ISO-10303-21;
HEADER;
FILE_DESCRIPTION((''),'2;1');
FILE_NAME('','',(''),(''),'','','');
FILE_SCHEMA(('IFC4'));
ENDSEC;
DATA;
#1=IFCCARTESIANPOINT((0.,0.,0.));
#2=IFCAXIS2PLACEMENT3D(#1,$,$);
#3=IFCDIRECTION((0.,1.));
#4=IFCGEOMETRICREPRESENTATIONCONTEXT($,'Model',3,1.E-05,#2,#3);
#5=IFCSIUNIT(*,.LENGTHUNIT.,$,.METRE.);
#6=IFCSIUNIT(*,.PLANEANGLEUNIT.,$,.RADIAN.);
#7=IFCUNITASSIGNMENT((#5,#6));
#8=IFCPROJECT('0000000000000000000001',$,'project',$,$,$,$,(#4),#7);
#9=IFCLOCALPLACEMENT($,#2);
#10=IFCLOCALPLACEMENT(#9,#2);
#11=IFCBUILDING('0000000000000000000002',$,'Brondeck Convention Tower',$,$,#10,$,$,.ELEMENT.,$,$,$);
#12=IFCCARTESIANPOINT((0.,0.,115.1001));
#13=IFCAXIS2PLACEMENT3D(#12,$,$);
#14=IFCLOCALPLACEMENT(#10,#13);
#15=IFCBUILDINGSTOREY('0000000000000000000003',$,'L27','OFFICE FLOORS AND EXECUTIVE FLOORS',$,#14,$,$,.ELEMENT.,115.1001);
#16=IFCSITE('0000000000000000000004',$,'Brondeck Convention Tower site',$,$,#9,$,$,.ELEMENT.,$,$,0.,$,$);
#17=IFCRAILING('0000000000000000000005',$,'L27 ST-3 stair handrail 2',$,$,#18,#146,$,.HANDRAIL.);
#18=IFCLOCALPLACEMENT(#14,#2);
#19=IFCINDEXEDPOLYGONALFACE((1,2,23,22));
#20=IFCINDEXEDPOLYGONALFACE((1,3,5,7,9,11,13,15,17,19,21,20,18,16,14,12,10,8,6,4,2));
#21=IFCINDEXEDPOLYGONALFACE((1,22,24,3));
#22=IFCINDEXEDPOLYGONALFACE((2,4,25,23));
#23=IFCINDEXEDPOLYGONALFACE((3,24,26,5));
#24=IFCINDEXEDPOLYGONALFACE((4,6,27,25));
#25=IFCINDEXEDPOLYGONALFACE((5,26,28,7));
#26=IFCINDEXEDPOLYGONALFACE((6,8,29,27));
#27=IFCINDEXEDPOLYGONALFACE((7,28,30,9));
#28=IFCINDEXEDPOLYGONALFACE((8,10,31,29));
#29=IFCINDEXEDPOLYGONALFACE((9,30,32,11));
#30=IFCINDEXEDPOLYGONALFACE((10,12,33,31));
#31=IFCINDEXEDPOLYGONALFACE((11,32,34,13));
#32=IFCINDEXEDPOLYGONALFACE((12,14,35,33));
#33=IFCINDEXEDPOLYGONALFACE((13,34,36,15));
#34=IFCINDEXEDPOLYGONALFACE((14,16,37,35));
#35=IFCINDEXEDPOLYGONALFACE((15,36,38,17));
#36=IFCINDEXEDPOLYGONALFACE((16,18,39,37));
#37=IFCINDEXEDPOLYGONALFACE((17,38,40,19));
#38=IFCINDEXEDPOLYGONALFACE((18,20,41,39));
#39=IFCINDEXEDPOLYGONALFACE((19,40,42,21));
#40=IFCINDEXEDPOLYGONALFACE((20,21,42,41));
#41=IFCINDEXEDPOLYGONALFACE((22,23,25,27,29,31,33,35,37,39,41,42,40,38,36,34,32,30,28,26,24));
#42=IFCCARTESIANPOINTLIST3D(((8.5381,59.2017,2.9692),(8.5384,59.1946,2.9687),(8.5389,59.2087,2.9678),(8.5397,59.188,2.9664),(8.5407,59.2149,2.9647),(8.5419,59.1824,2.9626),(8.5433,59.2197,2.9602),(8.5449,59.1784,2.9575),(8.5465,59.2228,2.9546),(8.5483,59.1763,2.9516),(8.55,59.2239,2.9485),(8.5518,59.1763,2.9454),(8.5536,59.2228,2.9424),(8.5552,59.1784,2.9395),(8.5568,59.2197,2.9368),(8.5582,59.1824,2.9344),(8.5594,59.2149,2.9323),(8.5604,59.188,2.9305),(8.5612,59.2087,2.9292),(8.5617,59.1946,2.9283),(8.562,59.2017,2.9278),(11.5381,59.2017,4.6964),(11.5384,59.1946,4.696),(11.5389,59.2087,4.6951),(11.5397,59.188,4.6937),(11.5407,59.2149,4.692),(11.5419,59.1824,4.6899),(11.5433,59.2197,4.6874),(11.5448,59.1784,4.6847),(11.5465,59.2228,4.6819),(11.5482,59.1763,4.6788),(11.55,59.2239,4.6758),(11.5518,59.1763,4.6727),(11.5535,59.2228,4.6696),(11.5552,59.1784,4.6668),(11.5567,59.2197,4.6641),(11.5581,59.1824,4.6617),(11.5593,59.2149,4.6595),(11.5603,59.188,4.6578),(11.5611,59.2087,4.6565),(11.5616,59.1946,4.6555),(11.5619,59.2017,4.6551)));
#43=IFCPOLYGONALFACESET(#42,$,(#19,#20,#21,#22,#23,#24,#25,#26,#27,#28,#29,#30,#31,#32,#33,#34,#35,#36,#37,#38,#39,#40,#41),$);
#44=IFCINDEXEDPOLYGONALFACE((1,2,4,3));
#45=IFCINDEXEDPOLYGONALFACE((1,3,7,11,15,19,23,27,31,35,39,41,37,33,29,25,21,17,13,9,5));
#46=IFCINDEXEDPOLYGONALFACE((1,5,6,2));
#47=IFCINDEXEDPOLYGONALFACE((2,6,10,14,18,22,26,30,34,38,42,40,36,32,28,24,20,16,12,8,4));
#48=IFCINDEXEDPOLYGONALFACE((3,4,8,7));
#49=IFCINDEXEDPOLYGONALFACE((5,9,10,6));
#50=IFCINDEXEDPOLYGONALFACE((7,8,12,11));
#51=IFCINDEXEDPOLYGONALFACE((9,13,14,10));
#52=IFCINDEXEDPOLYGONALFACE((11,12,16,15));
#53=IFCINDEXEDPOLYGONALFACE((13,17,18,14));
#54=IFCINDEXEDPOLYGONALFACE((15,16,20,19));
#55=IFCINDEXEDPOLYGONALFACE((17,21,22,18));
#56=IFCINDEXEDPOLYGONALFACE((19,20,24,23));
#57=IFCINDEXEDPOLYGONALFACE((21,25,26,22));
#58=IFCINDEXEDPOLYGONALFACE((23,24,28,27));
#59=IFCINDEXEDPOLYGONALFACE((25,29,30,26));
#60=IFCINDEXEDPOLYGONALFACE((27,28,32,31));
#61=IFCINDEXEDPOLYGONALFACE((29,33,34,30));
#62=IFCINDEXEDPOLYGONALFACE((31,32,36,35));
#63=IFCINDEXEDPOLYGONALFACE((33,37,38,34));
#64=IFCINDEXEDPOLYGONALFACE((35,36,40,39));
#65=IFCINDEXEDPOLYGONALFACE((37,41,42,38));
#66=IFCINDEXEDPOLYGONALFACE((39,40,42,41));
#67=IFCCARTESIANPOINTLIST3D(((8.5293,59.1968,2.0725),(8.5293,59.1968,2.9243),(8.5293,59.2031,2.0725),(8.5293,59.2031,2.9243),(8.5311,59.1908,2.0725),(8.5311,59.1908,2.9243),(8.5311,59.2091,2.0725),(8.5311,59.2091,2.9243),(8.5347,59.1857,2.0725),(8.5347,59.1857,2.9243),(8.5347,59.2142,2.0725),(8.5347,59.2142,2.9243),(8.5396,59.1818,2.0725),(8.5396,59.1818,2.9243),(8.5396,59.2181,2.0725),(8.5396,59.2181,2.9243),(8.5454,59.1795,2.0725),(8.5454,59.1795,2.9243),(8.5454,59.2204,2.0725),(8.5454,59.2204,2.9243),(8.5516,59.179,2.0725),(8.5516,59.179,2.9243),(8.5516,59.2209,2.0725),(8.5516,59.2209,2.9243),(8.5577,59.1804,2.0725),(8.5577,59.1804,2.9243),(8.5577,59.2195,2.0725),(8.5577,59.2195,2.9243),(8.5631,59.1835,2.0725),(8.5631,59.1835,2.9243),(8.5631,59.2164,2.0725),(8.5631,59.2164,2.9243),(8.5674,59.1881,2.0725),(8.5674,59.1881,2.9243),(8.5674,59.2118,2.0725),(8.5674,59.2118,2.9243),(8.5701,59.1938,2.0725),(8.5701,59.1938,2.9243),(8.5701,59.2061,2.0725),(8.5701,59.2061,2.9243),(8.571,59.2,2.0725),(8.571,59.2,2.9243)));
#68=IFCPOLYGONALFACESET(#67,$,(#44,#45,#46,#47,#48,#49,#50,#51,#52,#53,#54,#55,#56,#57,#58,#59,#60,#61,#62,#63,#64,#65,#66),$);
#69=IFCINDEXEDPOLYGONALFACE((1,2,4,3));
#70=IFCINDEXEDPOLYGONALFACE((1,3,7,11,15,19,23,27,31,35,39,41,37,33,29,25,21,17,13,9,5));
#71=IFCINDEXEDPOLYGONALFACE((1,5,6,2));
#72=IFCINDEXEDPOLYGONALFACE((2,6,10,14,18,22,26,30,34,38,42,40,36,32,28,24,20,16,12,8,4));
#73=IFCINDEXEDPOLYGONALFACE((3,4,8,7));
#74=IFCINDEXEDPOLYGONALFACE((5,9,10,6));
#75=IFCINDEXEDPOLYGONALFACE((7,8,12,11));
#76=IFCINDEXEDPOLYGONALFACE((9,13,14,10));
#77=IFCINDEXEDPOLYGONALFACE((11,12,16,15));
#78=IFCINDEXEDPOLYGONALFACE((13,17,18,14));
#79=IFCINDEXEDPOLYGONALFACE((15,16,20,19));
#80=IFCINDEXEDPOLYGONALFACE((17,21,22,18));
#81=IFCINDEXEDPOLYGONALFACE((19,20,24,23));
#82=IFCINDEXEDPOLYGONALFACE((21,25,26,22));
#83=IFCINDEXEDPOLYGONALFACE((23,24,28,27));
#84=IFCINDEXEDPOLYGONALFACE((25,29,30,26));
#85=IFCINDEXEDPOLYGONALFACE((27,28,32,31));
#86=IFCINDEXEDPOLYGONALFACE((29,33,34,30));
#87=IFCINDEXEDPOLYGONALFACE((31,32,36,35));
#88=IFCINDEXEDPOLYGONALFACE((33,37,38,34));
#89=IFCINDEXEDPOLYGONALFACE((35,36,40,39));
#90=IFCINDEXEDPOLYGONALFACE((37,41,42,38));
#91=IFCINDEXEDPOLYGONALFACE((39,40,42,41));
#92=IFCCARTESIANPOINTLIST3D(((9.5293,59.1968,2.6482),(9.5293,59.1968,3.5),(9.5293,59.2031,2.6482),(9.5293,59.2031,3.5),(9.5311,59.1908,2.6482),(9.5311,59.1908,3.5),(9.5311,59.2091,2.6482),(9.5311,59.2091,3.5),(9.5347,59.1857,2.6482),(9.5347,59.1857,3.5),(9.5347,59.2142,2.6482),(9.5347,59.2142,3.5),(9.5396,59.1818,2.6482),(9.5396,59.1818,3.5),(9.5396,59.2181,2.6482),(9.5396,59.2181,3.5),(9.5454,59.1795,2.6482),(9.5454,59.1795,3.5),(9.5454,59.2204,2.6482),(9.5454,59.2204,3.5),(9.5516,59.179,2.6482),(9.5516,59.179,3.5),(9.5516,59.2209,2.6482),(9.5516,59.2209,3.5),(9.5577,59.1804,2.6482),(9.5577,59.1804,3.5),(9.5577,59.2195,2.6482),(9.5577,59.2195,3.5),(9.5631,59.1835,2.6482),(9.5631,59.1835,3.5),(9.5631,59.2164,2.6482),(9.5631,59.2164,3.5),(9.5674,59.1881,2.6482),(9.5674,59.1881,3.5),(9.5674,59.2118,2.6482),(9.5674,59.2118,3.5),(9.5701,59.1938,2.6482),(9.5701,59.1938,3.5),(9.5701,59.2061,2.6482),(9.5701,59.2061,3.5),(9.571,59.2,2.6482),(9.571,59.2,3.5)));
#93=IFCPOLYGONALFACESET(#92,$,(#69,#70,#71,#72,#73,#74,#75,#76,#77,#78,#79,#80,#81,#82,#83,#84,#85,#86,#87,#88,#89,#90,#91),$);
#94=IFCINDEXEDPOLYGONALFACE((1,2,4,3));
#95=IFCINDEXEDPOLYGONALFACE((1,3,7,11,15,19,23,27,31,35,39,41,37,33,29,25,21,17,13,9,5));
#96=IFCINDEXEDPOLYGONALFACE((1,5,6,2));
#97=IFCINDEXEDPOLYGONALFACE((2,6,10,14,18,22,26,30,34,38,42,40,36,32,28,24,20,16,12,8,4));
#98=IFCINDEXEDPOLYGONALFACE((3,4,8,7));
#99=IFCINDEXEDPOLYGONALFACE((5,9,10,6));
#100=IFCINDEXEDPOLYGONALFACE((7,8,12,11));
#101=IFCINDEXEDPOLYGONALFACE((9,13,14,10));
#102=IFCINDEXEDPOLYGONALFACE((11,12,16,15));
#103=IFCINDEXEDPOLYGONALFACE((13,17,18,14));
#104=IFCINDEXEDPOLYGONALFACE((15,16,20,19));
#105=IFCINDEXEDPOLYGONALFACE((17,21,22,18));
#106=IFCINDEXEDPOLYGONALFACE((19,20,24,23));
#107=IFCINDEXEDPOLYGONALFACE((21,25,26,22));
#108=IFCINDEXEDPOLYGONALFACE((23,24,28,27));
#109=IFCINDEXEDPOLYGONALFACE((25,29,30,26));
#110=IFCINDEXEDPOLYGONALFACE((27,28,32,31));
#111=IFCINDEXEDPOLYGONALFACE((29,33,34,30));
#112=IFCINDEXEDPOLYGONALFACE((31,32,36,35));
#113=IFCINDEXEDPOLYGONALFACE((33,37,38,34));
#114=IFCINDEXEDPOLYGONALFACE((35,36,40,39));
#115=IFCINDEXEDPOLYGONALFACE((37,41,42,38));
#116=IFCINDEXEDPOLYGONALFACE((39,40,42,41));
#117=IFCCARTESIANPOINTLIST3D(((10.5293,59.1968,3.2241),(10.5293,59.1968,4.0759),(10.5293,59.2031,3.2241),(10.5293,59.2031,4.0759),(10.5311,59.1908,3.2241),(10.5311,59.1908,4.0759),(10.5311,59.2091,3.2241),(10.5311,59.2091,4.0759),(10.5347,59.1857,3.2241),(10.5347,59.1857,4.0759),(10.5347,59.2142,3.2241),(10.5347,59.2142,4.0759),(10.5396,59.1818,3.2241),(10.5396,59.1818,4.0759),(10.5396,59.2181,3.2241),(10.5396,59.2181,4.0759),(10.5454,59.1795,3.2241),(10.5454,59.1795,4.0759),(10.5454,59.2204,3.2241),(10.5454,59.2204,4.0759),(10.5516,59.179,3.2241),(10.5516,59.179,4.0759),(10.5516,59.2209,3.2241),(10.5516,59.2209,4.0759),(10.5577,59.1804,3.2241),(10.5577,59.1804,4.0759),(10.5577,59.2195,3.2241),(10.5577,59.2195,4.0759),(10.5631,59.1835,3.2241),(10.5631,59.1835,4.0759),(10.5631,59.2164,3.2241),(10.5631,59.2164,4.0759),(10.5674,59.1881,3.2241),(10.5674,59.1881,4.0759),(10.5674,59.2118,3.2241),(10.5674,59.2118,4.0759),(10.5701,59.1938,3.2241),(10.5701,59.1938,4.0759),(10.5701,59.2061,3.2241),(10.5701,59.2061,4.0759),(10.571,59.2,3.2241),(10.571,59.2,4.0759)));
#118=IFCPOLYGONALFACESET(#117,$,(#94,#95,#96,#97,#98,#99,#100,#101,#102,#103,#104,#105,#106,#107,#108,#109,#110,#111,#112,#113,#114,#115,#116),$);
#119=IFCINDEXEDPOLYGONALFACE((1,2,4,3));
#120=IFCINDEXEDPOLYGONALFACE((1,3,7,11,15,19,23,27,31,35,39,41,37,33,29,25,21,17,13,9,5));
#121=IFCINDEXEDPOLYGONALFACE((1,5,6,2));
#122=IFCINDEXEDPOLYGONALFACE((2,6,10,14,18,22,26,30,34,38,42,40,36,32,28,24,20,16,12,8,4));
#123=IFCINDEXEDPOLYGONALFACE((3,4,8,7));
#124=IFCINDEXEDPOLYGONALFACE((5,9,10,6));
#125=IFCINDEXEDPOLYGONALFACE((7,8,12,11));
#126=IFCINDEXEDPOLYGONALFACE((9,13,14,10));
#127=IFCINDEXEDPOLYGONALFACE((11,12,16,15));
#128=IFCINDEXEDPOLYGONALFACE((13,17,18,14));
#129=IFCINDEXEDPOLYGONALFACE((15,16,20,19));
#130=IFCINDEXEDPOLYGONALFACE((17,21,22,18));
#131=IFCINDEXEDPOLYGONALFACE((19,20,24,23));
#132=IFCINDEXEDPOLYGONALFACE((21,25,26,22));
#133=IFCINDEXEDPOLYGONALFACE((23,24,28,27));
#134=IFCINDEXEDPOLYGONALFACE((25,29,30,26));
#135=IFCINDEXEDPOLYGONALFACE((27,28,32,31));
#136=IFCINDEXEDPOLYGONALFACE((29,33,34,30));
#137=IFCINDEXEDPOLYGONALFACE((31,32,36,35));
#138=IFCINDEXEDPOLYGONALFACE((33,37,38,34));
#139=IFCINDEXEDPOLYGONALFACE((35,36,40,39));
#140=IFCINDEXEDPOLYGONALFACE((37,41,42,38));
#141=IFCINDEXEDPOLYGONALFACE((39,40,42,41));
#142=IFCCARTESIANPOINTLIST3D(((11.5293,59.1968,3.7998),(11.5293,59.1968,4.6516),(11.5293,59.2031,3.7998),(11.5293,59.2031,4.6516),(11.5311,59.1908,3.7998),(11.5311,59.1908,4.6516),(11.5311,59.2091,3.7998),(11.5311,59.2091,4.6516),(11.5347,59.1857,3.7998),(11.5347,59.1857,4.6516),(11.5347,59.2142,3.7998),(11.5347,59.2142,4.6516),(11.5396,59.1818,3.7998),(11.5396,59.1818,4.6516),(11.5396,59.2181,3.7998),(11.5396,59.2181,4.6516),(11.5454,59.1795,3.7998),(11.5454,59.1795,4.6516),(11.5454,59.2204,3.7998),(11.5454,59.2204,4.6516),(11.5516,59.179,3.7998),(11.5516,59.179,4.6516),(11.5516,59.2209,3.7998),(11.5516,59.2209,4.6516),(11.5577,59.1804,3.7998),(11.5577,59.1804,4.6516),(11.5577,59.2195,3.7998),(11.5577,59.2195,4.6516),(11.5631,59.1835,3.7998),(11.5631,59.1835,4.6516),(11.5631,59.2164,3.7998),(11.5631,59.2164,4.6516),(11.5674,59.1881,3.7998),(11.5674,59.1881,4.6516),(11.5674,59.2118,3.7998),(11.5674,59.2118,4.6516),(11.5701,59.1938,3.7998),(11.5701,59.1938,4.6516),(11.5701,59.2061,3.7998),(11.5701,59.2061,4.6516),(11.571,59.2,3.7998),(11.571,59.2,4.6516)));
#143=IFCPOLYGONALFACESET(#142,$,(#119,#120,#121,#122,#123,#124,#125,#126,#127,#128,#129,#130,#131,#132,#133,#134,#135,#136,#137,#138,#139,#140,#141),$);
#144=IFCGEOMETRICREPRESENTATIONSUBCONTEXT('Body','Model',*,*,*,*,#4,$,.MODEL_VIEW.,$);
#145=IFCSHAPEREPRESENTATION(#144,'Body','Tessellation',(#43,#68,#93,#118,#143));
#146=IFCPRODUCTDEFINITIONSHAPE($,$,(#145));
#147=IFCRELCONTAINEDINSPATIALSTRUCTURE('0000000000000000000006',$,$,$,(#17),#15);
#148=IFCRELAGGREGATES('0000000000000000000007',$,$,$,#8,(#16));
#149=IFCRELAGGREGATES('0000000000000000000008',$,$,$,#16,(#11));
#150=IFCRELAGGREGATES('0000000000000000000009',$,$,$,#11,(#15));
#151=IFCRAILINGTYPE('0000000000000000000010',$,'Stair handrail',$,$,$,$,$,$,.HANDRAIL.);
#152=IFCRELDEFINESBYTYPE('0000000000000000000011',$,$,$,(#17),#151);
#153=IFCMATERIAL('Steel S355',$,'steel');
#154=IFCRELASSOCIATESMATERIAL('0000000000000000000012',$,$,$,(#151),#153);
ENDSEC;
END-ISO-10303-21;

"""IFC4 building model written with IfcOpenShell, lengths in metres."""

from ifc_helpers import new_model, si_unit, direction, frame, origin, origin_2d, place, context, subcontext, project, spatial, circle, extrude, material, type_object, element, save


model = new_model("IFC4")

# Units and contexts
model_context = context("Model", 3, precision=1e-05, world=origin(), true_north=direction((0.0, 1.0)))
body_context = subcontext(model_context, "Body", "Model", "MODEL_VIEW")
ifc_project = project(units=[si_unit("LENGTHUNIT", "METRE"), si_unit("PLANEANGLEUNIT", "RADIAN")], contexts=[model_context])

# Site, building, storey
site_placement = place(None, origin())
site = spatial("IfcSite", under=ifc_project, at=site_placement, Name="Brondeck Convention Tower site", CompositionType="ELEMENT", RefElevation=0.0)
building_placement = place(site_placement, origin())
building = spatial("IfcBuilding", under=site, at=building_placement, Name="Brondeck Convention Tower", CompositionType="ELEMENT")
storey_placement = place(building_placement, frame((0.0, 0.0, 115.1001)))
storey = spatial("IfcBuildingStorey", under=building, at=storey_placement, Name="L27", Description="OFFICE FLOORS AND EXECUTIVE FLOORS", CompositionType="ELEMENT", Elevation=115.1001)

# Railing
ifc_material_1 = material(Name="Steel S355", Category="steel")
railing_type_1 = type_object("IfcRailingType", Name="Stair handrail", PredefinedType="HANDRAIL", material=ifc_material_1)
railing_1_placement = place(storey_placement, frame((8.55, 59.2, 2.0725)))
element("IfcRailing", 1, at=railing_1_placement, inside=storey, type_object=railing_type_1, Name="L27 ST-3 stair handrail 2", PredefinedType="HANDRAIL", context=body_context, shape_type="SweptSolid", body=[
    extrude(circle(Radius=0.0239, at=origin_2d()), frame((0.0, 0.0, 0.876), z_axis=(0.86662, 0.0, 0.498969), x_axis=(0.0, 1.0, 0.0)), (0.0, 0.0, 1.0), 3.4617),
    extrude(circle(Radius=0.021, at=origin_2d()), origin(), (0.0, 0.0, 1.0), 0.8518),
    extrude(circle(Radius=0.021, at=origin_2d()), frame((1.0, 0.0, 0.5757)), (0.0, 0.0, 1.0), 0.8518),
    extrude(circle(Radius=0.021, at=origin_2d()), frame((2.0, 0.0, 1.1516)), (0.0, 0.0, 1.0), 0.8518),
    extrude(circle(Radius=0.021, at=origin_2d()), frame((3.0, 0.0, 1.7273)), (0.0, 0.0, 1.0), 0.8518),
])

save(model, "model.ifc")
